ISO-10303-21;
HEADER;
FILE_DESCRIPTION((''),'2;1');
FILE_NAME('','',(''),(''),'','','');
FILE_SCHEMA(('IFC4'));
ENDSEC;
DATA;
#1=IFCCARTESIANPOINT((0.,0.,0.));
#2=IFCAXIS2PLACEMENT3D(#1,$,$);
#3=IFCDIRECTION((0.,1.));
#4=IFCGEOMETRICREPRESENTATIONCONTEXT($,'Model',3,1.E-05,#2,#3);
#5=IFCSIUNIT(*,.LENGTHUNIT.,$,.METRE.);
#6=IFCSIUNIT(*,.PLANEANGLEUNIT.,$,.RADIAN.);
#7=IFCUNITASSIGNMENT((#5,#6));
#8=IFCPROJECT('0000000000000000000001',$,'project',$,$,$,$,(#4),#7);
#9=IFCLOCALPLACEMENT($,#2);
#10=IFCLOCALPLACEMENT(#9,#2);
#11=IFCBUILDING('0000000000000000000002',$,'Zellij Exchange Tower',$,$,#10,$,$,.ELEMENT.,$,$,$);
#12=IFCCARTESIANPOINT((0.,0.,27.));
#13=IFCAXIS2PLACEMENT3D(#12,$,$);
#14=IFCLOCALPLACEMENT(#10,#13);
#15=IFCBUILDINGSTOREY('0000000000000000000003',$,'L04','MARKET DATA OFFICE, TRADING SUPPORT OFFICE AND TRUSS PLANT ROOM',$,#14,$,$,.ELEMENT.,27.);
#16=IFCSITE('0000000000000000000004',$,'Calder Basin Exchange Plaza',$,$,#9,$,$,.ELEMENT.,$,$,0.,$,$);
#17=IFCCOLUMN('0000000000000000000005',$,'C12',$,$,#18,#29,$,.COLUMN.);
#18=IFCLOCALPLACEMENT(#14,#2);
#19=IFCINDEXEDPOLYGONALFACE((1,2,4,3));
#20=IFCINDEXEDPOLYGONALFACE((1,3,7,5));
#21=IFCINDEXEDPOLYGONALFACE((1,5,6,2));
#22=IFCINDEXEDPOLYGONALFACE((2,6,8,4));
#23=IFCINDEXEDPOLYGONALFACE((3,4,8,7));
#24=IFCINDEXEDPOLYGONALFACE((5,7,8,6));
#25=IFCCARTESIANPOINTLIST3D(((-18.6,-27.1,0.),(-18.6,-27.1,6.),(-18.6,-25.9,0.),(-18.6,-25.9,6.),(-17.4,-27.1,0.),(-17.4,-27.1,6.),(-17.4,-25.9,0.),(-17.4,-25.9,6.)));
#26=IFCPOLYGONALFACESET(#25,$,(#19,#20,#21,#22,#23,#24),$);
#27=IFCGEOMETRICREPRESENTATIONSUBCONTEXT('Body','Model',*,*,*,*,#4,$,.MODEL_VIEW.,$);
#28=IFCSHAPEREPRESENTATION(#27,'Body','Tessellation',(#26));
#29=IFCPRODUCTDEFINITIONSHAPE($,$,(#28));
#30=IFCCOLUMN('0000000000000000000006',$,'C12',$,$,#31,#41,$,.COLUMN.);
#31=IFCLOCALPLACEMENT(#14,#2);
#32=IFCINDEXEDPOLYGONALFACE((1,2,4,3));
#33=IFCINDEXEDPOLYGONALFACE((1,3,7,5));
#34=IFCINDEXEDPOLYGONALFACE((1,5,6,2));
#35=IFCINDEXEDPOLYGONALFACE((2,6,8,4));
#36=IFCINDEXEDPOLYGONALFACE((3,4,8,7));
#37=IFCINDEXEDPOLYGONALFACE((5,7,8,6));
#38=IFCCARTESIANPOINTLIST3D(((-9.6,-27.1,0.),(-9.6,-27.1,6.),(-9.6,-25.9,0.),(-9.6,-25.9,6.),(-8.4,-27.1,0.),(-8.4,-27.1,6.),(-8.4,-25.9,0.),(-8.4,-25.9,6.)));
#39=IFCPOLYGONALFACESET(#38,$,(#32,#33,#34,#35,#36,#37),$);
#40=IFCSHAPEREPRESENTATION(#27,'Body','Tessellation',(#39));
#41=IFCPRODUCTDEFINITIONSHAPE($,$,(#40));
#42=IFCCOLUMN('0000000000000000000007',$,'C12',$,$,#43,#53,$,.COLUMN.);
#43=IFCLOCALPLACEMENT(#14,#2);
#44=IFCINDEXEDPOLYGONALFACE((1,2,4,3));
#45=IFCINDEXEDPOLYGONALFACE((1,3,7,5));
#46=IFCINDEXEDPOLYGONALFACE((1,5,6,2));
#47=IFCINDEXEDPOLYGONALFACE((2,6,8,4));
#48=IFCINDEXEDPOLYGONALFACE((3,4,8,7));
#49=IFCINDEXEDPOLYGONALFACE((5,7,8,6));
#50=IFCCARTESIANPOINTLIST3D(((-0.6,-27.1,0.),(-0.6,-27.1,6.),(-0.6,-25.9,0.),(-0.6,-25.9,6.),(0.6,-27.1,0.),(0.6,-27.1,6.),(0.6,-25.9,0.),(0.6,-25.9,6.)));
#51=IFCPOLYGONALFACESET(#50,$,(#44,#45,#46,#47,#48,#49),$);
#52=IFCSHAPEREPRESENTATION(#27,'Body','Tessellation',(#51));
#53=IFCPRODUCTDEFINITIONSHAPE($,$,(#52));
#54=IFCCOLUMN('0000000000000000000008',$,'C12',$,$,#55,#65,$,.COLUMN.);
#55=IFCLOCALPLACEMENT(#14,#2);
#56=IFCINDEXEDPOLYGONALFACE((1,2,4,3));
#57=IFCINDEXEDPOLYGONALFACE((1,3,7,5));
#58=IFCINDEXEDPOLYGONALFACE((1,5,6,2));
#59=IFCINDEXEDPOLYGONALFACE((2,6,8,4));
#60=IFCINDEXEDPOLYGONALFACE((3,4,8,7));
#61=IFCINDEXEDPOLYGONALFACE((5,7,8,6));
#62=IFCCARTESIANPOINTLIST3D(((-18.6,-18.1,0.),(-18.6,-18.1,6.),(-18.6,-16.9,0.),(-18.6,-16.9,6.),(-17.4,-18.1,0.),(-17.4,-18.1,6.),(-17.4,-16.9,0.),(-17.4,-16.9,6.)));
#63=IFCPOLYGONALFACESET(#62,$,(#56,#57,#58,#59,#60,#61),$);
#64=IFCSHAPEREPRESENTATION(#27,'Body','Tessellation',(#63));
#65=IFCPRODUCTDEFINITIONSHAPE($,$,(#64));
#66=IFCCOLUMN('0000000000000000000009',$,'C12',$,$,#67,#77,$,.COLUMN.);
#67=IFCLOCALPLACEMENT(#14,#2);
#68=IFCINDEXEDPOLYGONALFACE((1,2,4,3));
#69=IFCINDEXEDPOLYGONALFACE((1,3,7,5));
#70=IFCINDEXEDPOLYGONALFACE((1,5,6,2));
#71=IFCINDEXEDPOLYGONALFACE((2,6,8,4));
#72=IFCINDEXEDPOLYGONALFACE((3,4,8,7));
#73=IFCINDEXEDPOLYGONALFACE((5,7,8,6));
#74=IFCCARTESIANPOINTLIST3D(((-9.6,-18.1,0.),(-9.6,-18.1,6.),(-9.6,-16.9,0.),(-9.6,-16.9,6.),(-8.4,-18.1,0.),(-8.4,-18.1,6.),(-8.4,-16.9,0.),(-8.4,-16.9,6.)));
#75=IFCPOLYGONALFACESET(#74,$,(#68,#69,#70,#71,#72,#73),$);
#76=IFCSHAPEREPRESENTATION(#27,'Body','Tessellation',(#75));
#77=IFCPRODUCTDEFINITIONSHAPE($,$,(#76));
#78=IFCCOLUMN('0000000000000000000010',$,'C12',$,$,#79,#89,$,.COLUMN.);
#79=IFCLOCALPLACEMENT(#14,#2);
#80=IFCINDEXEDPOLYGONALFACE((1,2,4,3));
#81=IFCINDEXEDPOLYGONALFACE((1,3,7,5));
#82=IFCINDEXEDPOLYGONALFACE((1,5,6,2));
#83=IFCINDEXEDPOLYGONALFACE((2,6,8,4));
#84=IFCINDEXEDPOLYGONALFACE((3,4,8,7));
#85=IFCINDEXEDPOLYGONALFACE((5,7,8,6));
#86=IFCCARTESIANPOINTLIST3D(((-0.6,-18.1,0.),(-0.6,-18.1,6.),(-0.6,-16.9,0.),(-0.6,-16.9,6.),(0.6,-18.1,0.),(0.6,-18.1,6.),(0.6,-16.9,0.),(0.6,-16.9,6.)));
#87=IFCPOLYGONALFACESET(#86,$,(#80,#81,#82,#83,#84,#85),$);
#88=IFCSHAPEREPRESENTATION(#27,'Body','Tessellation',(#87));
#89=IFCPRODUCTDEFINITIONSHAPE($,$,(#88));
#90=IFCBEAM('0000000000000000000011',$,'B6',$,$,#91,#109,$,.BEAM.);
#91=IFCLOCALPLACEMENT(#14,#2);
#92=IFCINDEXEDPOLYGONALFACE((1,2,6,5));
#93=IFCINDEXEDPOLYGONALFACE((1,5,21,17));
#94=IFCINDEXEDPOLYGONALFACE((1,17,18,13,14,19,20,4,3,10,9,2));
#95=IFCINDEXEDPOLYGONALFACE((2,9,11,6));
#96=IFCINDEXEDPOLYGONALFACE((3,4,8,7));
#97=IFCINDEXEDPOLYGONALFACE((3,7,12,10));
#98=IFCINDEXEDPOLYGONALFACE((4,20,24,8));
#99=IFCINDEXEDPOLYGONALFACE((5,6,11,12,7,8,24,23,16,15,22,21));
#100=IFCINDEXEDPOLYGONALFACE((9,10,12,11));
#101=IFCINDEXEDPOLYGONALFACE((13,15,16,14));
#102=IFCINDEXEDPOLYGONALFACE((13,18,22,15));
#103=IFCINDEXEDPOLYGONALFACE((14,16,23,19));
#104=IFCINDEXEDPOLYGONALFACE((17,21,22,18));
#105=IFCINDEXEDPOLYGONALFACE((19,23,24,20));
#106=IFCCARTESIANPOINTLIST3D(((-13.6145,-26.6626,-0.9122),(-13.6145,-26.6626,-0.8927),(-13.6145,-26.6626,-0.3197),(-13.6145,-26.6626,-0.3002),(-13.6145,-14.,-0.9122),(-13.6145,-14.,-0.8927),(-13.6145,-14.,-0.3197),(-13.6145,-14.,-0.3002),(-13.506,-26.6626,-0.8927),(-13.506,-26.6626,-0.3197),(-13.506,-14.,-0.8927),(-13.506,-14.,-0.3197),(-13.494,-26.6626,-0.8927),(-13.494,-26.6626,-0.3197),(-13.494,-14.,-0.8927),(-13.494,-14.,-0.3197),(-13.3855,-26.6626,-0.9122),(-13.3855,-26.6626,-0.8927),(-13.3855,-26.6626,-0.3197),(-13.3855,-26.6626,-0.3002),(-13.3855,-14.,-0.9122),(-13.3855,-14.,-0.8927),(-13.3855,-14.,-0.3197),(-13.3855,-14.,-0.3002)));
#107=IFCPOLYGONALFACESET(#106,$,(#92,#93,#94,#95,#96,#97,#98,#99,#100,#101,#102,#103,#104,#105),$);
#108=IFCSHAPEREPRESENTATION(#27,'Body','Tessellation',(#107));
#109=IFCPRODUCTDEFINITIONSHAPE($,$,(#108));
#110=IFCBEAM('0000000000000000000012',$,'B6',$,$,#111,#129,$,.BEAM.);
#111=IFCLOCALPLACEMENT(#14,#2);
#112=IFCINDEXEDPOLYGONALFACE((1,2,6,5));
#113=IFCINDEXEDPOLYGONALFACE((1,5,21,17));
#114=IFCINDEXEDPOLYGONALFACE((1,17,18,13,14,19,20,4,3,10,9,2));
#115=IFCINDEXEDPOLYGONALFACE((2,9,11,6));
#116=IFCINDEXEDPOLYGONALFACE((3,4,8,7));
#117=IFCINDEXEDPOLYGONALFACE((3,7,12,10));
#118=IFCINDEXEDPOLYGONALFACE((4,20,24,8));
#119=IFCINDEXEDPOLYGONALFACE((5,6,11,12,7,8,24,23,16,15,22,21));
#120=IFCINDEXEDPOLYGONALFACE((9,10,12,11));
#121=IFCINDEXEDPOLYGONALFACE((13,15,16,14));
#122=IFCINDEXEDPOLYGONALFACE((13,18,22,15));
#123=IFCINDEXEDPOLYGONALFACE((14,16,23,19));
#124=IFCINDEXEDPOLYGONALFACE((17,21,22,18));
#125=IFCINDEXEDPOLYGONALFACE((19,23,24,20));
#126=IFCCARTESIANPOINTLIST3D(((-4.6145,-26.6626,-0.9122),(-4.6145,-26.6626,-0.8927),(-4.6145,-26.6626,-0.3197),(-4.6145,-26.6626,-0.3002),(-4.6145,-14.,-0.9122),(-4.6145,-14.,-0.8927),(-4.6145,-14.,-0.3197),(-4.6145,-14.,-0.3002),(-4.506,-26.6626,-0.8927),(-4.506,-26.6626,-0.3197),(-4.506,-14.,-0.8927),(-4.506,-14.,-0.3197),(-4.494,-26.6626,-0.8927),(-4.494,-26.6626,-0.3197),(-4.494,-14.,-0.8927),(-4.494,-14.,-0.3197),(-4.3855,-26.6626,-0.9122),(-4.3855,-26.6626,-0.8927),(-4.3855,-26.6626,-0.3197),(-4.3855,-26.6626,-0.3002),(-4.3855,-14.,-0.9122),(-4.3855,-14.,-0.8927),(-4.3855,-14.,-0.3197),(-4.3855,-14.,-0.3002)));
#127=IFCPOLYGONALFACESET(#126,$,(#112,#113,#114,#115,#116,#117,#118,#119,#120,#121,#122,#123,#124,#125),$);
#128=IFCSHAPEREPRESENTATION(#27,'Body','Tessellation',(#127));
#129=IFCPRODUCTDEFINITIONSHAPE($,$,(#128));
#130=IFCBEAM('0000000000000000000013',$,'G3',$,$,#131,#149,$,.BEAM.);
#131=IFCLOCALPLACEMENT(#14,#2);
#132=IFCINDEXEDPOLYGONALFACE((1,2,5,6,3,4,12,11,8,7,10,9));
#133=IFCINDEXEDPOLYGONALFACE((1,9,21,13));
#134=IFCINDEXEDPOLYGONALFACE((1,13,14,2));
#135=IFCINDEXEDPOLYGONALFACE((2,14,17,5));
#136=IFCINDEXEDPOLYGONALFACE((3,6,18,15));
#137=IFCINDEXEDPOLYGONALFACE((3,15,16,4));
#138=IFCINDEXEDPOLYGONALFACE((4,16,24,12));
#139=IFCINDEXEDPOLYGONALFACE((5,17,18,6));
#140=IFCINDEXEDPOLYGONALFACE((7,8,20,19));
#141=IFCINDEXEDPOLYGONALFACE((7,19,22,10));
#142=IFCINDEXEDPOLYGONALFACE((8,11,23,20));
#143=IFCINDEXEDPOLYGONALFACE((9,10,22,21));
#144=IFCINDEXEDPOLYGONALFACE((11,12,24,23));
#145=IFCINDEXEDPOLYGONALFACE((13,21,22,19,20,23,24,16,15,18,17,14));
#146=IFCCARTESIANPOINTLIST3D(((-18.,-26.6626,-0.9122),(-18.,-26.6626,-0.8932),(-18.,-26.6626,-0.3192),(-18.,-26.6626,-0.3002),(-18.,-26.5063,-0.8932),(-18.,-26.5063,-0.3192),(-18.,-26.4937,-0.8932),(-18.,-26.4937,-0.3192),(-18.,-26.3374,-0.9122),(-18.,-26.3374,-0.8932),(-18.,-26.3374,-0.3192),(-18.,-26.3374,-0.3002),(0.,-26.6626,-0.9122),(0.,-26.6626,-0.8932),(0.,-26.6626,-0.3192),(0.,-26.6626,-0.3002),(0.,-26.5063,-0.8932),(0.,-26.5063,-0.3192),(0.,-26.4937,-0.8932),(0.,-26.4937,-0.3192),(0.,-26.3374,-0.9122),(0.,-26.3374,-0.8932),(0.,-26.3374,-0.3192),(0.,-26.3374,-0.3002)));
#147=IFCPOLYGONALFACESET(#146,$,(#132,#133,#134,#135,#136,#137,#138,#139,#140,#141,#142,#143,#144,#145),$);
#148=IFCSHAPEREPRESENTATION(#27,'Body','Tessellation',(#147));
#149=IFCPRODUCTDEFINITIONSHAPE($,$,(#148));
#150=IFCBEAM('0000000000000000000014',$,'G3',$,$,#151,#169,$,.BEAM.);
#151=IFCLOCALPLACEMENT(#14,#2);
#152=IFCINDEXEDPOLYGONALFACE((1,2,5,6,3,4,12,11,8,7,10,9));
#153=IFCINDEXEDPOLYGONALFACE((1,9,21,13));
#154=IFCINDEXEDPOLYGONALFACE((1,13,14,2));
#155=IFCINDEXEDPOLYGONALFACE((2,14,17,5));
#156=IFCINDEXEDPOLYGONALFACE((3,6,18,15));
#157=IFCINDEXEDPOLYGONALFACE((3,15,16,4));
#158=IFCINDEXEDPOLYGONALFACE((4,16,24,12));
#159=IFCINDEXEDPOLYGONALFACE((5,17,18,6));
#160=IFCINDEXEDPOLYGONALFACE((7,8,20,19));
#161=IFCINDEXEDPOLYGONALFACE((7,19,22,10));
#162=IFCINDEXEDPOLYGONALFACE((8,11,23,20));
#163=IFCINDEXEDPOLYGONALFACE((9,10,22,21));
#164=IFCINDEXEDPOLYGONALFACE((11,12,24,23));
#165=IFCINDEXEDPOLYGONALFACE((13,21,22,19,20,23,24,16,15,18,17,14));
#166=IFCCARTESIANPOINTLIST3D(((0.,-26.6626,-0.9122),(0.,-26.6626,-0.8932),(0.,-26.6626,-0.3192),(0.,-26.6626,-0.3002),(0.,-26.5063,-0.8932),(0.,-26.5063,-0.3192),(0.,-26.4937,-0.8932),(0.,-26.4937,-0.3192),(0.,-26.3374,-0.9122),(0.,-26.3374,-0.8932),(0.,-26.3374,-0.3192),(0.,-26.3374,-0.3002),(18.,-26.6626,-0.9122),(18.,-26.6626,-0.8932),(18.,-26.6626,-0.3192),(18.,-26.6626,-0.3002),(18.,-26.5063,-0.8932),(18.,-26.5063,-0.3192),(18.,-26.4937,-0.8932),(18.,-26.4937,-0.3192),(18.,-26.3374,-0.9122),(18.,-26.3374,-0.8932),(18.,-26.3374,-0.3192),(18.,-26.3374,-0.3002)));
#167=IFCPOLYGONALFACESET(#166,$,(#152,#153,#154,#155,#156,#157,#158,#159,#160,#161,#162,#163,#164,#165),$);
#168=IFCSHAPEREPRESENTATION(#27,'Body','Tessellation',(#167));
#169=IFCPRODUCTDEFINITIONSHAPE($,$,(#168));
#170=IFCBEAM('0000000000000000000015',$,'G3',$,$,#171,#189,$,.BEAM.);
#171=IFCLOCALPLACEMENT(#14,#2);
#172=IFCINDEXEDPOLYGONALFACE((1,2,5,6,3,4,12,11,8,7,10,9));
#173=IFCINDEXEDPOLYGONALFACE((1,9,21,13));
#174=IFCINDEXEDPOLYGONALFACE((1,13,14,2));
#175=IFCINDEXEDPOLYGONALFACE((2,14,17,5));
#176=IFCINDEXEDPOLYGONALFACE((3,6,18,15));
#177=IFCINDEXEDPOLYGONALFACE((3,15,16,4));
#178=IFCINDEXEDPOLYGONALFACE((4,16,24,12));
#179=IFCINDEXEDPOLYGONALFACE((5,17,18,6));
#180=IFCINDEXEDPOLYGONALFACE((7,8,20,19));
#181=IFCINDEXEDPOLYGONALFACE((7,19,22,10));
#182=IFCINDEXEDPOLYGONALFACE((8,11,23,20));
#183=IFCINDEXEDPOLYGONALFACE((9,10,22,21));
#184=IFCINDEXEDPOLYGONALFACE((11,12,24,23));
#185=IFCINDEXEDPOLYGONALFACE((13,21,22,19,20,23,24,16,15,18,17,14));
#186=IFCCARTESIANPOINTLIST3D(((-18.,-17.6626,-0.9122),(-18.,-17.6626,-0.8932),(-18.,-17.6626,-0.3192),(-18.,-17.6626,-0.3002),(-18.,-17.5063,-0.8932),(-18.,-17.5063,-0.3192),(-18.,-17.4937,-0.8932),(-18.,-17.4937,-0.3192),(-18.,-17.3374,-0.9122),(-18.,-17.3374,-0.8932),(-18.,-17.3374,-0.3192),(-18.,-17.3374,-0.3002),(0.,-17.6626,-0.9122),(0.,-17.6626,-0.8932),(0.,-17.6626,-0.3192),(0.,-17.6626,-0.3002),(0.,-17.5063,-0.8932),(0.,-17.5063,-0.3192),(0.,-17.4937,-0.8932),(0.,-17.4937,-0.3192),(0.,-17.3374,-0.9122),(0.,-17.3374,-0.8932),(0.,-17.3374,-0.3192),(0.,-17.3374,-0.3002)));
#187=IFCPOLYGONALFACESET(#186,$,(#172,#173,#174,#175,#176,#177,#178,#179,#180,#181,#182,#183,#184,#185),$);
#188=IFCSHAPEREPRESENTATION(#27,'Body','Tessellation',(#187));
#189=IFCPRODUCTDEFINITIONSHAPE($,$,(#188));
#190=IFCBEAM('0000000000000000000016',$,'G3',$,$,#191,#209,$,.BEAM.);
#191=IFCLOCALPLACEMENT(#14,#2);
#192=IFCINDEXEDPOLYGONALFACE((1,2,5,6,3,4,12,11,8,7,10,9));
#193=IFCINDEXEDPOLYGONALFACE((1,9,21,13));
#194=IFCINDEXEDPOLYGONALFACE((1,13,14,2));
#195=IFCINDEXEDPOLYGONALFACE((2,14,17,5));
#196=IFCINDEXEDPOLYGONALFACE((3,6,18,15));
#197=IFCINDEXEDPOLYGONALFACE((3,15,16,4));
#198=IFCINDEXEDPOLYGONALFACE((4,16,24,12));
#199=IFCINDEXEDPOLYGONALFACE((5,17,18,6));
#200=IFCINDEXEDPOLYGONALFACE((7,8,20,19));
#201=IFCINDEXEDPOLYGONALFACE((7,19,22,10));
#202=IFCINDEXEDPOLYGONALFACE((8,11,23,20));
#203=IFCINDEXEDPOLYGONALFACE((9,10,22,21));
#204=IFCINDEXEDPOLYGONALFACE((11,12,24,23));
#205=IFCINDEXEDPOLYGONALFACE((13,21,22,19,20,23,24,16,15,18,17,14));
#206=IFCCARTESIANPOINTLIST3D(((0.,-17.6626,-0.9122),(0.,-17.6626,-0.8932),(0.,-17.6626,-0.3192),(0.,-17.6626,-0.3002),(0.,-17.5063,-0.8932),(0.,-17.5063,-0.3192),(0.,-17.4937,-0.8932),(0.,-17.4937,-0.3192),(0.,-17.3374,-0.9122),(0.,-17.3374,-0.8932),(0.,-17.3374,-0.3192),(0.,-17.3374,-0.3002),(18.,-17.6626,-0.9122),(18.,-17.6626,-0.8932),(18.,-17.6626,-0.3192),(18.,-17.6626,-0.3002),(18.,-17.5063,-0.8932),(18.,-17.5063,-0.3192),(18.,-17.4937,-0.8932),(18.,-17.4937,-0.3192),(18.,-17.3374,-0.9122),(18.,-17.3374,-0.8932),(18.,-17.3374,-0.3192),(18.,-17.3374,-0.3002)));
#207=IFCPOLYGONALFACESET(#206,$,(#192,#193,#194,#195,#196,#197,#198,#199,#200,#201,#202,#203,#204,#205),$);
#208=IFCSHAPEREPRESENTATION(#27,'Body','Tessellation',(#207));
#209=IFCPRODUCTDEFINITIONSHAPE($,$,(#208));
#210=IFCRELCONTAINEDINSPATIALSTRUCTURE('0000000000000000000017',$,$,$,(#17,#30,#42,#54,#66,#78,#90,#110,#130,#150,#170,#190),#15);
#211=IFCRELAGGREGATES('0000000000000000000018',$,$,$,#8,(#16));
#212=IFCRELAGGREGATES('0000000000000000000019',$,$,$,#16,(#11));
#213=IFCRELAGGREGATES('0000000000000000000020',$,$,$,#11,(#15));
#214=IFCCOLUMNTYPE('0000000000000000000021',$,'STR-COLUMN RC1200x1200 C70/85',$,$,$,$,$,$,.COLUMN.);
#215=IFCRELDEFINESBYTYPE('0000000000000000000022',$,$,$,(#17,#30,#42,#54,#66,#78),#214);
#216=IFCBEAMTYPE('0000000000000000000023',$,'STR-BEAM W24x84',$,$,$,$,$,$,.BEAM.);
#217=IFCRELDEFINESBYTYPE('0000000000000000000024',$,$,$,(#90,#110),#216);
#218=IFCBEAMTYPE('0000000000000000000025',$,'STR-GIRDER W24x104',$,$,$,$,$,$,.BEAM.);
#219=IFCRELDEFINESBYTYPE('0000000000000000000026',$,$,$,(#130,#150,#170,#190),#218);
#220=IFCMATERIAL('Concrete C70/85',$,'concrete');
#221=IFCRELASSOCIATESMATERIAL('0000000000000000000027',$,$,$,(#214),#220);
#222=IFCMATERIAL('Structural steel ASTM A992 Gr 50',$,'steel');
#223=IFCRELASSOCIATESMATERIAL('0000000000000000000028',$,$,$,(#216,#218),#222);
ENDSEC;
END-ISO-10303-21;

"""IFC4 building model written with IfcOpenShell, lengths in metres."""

from ifc_helpers import new_model, si_unit, direction, frame, origin, origin_2d, place, context, subcontext, project, spatial, rectangle, i_section, extrude, material, material_profile, profile_set, type_object, element, save


model = new_model("IFC4")

# Units and contexts
model_context = context("Model", 3, precision=1e-05, world=origin(), true_north=direction((0.0, 1.0)))
body_context = subcontext(model_context, "Body", "Model", "MODEL_VIEW")
ifc_project = project(units=[si_unit("LENGTHUNIT", "METRE"), si_unit("PLANEANGLEUNIT", "RADIAN")], contexts=[model_context])

# Site, building, storey
site_placement = place(None, origin())
site = spatial("IfcSite", under=ifc_project, at=site_placement, Name="Calder Basin Exchange Plaza", CompositionType="ELEMENT", RefElevation=0.0)
building_placement = place(site_placement, origin())
building = spatial("IfcBuilding", under=site, at=building_placement, Name="Zellij Exchange Tower", CompositionType="ELEMENT")
storey_placement = place(building_placement, frame((0.0, 0.0, 27.0)))
storey = spatial("IfcBuildingStorey", under=building, at=storey_placement, Name="L04", Description="MARKET DATA OFFICE, TRADING SUPPORT OFFICE AND TRUSS PLANT ROOM", CompositionType="ELEMENT", Elevation=27.0)

# Columns
ifc_material_1 = material(Name="Concrete C70/85", Category="concrete")
ifc_material_profile_1 = material_profile(ifc_material_1, rectangle(XDim=1.2, YDim=1.2, at=origin_2d()), Name="STR-COLUMN RC1200x1200 C70/85")
ifc_profile_set_1 = profile_set([ifc_material_profile_1], Name="Concrete C70/85")
column_type = type_object("IfcColumnType", Name="STR-COLUMN RC1200x1200 C70/85", PredefinedType="COLUMN", material=ifc_profile_set_1)
for number, where, z_axis, x_axis, name in (
    (1, (-18.0, -26.5, 0.0), (0.0, 0.0, 1.0), (1.0, 0.0, 0.0), "C12"),
    (2, (-9.0, -26.5, 0.0), (0.0, 0.0, 1.0), (1.0, 0.0, 0.0), "C12"),
    (3, (0.0, -26.5, 0.0), (0.0, 0.0, 1.0), (1.0, 0.0, 0.0), "C12"),
    (4, (-18.0, -17.5, 0.0), (0.0, 0.0, 1.0), (1.0, 0.0, 0.0), "C12"),
    (5, (-9.0, -17.5, 0.0), (0.0, 0.0, 1.0), (1.0, 0.0, 0.0), "C12"),
    (6, (0.0, -17.5, 0.0), (0.0, 0.0, 1.0), (1.0, 0.0, 0.0), "C12"),
):
    element("IfcColumn", number, at=place(storey_placement, frame(where, z_axis=z_axis, x_axis=x_axis)), inside=storey, type_object=column_type, Name=name, PredefinedType="COLUMN", context=body_context, shape_type="SweptSolid", body=[
        extrude(rectangle(XDim=1.2, YDim=1.2, at=origin_2d()), origin(), (0.0, 0.0, 1.0), 6.0),
    ])

# Beams
ifc_material_2 = material(Name="Structural steel ASTM A992 Gr 50", Category="steel")
ifc_material_profile_2 = material_profile(ifc_material_2, i_section(OverallWidth=0.229, OverallDepth=0.6121, WebThickness=0.012, FlangeThickness=0.0195, at=origin_2d()), Name="W24x84")
ifc_profile_set_2 = profile_set([ifc_material_profile_2], Name="Structural steel ASTM A992 Gr 50")
beam_type_1 = type_object("IfcBeamType", Name="STR-BEAM W24x84", PredefinedType="BEAM", material=ifc_profile_set_2)
for number, where, z_axis, x_axis, name in (
    (7, (-13.5, -26.6626, -0.6062), (0.0, 1.0, 0.0), (-1.0, 0.0, 0.0), "B6"),
    (8, (-4.5, -26.6626, -0.6062), (0.0, 1.0, 0.0), (-1.0, 0.0, 0.0), "B6"),
):
    element("IfcBeam", number, at=place(storey_placement, frame(where, z_axis=z_axis, x_axis=x_axis)), inside=storey, type_object=beam_type_1, Name=name, PredefinedType="BEAM", context=body_context, shape_type="SweptSolid", body=[
        extrude(i_section(OverallWidth=0.229, OverallDepth=0.6121, WebThickness=0.012, FlangeThickness=0.0195, at=origin_2d()), origin(), (0.0, 0.0, 1.0), 12.6626),
    ])
ifc_material_profile_3 = material_profile(ifc_material_2, i_section(OverallWidth=0.3252, OverallDepth=0.6121, WebThickness=0.0127, FlangeThickness=0.019, at=origin_2d()), Name="W24x104")
ifc_profile_set_3 = profile_set([ifc_material_profile_3], Name="Structural steel ASTM A992 Gr 50")
beam_type_2 = type_object("IfcBeamType", Name="STR-GIRDER W24x104", PredefinedType="BEAM", material=ifc_profile_set_3)
for number, where, z_axis, x_axis, name in (
    (9, (-18.0, -26.5, -0.6062), (1.0, 0.0, 0.0), (0.0, 1.0, 0.0), "G3"),
    (10, (0.0, -26.5, -0.6062), (1.0, 0.0, 0.0), (0.0, 1.0, 0.0), "G3"),
    (11, (-18.0, -17.5, -0.6062), (1.0, 0.0, 0.0), (0.0, 1.0, 0.0), "G3"),
    (12, (0.0, -17.5, -0.6062), (1.0, 0.0, 0.0), (0.0, 1.0, 0.0), "G3"),
):
    element("IfcBeam", number, at=place(storey_placement, frame(where, z_axis=z_axis, x_axis=x_axis)), inside=storey, type_object=beam_type_2, Name=name, PredefinedType="BEAM", context=body_context, shape_type="SweptSolid", body=[
        extrude(i_section(OverallWidth=0.3252, OverallDepth=0.6121, WebThickness=0.0127, FlangeThickness=0.019, at=origin_2d()), origin(), (0.0, 0.0, 1.0), 18.0),
    ])

save(model, "model.ifc")
